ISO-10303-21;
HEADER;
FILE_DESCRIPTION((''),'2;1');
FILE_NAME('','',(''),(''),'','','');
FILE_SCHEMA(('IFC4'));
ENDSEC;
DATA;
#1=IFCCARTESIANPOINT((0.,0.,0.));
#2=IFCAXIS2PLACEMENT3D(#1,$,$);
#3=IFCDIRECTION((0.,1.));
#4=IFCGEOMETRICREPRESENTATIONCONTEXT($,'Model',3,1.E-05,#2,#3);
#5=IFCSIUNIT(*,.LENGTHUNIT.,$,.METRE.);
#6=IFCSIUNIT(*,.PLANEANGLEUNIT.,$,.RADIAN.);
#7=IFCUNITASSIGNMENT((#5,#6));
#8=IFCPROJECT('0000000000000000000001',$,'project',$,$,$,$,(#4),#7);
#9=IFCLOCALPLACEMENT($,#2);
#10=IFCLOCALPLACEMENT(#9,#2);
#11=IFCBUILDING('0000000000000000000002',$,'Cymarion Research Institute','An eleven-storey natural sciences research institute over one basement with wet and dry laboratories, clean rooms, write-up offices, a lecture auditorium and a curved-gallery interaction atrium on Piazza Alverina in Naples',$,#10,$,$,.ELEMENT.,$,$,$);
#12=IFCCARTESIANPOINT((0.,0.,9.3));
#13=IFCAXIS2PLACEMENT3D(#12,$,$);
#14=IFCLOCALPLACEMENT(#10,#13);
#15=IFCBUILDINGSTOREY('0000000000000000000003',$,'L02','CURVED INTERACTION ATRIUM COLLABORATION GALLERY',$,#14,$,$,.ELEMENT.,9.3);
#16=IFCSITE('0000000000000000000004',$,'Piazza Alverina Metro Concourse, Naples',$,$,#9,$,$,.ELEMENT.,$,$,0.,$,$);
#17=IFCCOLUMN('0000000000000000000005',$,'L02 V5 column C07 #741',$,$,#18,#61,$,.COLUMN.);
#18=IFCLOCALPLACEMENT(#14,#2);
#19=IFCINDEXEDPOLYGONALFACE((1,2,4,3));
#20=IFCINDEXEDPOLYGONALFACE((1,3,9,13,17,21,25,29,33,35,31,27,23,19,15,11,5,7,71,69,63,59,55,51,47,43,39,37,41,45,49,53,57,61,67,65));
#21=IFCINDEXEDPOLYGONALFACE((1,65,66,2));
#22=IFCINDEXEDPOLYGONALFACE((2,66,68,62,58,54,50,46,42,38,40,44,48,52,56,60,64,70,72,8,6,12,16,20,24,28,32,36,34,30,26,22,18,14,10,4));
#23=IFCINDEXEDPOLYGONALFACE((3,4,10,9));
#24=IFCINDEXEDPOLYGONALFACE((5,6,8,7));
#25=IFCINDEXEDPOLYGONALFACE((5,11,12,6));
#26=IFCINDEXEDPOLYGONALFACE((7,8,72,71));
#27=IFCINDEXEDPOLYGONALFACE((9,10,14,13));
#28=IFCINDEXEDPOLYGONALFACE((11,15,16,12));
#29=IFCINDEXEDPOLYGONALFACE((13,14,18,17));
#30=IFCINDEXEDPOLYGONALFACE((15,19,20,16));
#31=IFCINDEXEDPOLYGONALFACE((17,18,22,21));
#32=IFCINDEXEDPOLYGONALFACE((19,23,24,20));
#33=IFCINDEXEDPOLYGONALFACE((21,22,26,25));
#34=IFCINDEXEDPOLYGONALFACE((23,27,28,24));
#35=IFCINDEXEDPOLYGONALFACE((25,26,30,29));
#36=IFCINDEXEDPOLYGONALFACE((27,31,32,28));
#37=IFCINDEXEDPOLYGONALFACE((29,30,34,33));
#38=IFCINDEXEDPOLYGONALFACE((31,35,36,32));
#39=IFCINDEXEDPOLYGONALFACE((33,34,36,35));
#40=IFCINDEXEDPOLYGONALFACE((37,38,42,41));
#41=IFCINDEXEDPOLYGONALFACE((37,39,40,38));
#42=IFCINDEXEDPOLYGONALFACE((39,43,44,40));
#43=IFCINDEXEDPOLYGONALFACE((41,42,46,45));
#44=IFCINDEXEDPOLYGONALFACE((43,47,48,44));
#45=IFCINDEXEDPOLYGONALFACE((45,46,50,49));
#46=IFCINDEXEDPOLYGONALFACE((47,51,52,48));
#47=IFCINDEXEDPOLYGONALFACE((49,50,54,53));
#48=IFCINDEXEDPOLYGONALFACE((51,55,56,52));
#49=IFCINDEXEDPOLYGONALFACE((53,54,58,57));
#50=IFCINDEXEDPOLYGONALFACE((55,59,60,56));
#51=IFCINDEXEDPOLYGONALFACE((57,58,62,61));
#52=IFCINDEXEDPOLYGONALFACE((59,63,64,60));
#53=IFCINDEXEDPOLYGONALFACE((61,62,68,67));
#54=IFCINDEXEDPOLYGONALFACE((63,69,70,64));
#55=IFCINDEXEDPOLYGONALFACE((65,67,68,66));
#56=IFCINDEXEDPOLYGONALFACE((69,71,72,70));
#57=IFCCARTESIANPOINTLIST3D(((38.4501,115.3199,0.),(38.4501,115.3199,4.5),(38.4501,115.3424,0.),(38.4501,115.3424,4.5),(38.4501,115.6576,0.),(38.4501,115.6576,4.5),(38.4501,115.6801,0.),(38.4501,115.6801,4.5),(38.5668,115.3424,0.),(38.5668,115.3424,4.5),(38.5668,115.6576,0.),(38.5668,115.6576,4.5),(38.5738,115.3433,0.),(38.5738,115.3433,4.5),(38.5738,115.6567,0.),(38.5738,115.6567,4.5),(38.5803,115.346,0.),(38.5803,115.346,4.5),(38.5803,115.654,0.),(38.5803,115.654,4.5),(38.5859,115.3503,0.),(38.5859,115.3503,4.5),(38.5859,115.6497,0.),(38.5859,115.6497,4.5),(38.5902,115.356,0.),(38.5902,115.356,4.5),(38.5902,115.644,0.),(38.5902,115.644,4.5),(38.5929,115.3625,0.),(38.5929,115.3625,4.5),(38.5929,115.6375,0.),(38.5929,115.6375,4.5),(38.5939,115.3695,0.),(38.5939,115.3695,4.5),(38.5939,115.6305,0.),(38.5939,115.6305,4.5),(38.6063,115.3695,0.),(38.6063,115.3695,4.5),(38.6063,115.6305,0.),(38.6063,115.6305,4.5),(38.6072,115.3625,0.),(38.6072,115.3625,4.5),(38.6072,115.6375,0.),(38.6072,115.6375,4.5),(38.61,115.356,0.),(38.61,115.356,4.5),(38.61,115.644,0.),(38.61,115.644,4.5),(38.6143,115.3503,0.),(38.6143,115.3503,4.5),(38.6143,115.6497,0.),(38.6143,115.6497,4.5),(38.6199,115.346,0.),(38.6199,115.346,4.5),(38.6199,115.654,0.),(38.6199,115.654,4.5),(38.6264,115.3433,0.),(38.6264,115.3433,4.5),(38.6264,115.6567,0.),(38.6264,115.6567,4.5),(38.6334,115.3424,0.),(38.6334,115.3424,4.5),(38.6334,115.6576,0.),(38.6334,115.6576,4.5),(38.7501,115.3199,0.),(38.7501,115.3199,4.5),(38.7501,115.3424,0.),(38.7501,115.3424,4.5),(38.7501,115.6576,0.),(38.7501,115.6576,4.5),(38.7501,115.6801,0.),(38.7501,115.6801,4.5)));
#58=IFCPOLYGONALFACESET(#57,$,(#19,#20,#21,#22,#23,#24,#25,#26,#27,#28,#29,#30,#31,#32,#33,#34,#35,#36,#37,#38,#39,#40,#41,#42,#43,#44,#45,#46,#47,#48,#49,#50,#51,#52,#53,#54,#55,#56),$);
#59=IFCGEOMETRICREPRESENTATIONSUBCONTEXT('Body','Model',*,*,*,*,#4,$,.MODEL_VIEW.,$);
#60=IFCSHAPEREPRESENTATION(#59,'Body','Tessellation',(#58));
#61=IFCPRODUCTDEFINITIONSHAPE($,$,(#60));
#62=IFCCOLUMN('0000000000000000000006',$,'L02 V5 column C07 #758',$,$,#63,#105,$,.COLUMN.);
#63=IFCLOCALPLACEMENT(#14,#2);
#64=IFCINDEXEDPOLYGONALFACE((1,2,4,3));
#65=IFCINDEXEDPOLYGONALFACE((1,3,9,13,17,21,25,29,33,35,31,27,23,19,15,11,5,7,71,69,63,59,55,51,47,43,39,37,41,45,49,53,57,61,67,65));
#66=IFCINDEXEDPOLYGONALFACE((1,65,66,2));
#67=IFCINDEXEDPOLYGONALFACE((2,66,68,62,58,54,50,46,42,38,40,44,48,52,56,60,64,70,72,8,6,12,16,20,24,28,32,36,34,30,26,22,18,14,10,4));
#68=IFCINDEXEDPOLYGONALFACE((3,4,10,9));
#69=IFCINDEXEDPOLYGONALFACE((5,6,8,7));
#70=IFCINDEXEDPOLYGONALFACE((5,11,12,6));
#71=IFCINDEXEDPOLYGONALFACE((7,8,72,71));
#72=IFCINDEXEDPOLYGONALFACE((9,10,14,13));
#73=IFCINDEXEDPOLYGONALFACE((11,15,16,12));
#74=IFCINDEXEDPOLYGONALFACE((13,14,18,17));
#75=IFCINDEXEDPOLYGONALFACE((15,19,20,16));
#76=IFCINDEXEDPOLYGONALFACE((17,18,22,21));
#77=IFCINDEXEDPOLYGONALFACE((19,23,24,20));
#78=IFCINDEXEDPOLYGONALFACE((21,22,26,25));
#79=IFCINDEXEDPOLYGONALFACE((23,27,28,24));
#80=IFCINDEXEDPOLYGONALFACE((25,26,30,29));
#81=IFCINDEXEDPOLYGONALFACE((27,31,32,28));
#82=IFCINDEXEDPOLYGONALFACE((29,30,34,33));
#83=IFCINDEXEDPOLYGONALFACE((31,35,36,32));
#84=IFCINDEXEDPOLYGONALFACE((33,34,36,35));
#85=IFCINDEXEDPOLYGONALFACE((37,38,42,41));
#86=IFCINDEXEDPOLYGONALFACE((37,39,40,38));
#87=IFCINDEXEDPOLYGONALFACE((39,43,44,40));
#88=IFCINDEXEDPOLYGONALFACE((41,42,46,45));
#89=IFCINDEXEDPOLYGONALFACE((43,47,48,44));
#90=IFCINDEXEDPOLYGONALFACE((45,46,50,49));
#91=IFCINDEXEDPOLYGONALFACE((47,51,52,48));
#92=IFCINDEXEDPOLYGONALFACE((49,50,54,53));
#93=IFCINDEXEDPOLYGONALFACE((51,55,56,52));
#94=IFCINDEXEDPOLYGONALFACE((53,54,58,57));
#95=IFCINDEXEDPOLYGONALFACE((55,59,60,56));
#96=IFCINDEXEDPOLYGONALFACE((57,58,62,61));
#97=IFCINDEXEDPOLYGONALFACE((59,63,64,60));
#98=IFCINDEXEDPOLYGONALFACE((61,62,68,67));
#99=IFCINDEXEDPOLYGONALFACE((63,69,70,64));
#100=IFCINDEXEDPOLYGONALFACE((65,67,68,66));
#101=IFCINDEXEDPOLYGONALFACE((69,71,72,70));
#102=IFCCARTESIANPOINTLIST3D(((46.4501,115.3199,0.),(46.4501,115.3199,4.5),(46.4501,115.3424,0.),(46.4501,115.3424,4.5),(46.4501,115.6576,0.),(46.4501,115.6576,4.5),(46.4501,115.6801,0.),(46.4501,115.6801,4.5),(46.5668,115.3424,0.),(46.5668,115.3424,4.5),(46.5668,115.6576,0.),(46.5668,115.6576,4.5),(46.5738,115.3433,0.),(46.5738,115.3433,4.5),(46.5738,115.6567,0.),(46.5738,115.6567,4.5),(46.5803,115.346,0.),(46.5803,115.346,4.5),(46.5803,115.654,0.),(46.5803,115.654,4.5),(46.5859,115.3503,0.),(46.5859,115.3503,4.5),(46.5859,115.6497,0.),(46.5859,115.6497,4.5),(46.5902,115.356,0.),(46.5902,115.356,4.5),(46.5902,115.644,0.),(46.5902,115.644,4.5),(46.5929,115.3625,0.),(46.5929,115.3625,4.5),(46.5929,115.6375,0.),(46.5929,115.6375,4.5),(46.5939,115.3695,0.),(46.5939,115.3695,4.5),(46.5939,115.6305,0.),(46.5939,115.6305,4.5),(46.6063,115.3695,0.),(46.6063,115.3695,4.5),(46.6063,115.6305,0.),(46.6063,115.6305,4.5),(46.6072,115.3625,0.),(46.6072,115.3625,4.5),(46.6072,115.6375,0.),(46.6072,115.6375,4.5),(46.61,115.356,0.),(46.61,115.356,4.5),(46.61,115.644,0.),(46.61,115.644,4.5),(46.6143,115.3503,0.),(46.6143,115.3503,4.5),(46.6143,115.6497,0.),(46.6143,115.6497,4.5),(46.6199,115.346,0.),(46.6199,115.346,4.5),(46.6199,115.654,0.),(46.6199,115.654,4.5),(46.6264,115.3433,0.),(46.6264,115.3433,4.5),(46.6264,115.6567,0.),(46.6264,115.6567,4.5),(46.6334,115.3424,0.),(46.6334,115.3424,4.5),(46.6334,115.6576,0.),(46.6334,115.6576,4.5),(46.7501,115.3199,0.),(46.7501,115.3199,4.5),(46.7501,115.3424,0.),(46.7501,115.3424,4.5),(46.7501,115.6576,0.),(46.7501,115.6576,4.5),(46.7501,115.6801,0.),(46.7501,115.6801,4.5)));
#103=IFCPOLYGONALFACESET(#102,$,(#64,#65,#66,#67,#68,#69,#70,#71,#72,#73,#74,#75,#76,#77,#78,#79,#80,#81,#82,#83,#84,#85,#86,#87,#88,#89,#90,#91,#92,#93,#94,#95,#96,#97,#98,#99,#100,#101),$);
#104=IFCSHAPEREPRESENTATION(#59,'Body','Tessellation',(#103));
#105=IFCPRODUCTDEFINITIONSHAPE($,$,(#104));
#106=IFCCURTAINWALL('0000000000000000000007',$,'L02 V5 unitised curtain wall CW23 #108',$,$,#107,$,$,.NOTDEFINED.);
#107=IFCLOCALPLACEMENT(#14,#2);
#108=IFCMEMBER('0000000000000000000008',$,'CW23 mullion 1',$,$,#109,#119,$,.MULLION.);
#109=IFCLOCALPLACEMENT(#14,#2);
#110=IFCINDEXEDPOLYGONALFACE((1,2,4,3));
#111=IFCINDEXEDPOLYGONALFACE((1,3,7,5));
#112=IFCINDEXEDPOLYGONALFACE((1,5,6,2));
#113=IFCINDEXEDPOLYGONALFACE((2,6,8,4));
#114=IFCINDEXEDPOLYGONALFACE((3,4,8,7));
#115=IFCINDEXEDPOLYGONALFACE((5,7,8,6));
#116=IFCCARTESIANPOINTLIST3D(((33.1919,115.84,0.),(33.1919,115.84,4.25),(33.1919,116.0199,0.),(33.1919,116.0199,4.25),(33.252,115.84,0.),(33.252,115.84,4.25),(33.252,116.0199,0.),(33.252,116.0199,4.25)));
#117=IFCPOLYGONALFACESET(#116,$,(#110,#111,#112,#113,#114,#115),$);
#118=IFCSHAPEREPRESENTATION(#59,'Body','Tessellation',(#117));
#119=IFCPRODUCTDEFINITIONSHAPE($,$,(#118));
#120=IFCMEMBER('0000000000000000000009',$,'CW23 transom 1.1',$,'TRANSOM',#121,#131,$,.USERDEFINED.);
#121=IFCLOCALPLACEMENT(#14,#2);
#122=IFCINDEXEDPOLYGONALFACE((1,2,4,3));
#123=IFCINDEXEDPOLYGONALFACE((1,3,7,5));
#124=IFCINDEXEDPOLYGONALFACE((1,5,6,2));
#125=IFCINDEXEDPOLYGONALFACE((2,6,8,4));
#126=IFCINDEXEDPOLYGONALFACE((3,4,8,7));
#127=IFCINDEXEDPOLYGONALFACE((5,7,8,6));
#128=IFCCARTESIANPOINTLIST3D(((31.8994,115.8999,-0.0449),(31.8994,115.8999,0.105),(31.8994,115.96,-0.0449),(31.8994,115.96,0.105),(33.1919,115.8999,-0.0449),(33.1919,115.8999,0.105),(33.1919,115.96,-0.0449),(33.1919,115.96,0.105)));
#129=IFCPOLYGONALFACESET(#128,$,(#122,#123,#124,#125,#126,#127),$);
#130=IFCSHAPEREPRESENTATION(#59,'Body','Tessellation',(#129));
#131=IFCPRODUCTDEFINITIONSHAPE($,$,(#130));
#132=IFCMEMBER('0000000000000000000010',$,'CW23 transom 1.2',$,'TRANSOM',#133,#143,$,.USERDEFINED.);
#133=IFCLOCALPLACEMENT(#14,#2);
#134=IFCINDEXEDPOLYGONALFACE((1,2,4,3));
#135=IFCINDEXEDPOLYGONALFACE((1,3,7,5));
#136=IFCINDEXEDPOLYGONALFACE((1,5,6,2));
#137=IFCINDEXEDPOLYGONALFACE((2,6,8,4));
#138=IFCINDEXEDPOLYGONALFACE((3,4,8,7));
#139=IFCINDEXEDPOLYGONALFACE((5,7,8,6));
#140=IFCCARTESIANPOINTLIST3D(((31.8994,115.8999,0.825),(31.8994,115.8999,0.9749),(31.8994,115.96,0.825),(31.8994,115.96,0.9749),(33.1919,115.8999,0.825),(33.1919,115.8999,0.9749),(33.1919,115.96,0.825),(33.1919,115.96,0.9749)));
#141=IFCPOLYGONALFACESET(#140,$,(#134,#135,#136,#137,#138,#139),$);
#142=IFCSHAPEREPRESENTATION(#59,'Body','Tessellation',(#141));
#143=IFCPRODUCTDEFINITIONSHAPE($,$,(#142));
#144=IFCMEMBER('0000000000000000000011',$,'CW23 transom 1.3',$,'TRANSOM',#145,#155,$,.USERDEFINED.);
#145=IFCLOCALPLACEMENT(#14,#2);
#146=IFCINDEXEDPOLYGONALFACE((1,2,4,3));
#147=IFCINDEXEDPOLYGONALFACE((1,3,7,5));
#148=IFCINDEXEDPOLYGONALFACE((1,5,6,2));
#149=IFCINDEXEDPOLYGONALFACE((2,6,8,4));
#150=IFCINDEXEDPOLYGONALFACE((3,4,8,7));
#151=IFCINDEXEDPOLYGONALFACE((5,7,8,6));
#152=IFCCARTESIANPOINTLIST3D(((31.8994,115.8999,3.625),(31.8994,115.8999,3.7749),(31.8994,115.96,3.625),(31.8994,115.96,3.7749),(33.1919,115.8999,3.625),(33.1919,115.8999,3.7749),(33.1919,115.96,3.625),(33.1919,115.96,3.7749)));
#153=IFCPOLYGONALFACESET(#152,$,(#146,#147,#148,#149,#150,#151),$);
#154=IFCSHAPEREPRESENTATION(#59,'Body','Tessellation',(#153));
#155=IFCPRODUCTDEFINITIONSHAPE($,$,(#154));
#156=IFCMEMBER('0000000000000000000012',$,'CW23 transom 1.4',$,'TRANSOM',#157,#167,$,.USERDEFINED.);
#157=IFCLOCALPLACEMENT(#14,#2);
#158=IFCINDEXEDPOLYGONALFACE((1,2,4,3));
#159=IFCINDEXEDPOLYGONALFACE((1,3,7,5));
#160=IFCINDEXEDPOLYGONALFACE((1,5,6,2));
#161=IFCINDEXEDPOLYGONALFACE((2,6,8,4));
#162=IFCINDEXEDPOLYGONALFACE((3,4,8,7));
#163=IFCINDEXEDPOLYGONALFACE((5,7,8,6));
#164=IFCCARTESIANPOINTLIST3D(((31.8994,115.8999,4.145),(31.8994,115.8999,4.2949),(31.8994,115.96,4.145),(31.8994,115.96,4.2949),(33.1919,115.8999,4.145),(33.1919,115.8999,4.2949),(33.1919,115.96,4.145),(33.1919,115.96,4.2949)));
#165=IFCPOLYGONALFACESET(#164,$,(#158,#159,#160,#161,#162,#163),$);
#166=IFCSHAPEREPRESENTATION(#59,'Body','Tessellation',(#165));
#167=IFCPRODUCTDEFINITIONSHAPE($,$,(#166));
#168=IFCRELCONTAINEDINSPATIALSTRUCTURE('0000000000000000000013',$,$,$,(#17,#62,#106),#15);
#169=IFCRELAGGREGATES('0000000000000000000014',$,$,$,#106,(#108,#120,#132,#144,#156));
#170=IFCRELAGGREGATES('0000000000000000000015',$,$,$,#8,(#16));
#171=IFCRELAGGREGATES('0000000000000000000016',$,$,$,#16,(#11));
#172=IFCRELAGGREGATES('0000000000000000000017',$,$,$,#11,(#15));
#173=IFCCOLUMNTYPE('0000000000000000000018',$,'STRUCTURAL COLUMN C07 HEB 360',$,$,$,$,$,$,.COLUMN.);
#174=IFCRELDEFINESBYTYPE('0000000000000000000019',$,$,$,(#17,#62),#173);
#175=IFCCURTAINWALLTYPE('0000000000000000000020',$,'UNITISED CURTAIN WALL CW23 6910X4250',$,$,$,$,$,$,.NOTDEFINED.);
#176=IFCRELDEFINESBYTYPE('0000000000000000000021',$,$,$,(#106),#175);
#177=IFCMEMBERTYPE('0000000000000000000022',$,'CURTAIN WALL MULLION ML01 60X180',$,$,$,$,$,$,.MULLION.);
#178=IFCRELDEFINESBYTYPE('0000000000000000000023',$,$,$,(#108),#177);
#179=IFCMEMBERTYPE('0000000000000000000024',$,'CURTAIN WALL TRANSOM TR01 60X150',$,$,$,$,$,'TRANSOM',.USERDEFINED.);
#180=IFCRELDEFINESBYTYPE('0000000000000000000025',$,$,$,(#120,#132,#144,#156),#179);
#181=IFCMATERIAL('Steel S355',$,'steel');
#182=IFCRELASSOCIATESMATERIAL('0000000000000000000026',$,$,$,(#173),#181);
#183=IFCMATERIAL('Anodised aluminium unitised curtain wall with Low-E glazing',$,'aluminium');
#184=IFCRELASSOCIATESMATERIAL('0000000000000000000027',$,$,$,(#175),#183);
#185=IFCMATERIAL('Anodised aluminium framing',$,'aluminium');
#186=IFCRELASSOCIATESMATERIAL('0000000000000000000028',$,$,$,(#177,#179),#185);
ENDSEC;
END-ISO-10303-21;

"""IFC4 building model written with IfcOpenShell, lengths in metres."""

from ifc_helpers import new_model, si_unit, direction, frame, origin, origin_2d, place, context, subcontext, project, spatial, rectangle, i_section, extrude, material, material_profile, profile_set, type_object, element, aggregate, save


model = new_model("IFC4")

# Units and contexts
model_context = context("Model", 3, precision=1e-05, world=origin(), true_north=direction((0.0, 1.0)))
body_context = subcontext(model_context, "Body", "Model", "MODEL_VIEW")
ifc_project = project(units=[si_unit("LENGTHUNIT", "METRE"), si_unit("PLANEANGLEUNIT", "RADIAN")], contexts=[model_context])

# Site, building, storey
site_placement = place(None, origin())
site = spatial("IfcSite", under=ifc_project, at=site_placement, Name="Piazza Alverina Metro Concourse, Naples", CompositionType="ELEMENT", RefElevation=0.0)
building_placement = place(site_placement, origin())
building = spatial("IfcBuilding", under=site, at=building_placement, Name="Cymarion Research Institute", Description="An eleven-storey natural sciences research institute over one basement with wet and dry laboratories, clean rooms, write-up offices, a lecture auditorium and a curved-gallery interaction atrium on Piazza Alverina in Naples", CompositionType="ELEMENT")
storey_placement = place(building_placement, frame((0.0, 0.0, 9.3)))
storey = spatial("IfcBuildingStorey", under=building, at=storey_placement, Name="L02", Description="CURVED INTERACTION ATRIUM COLLABORATION GALLERY", CompositionType="ELEMENT", Elevation=9.3)

# Columns
ifc_material_1 = material(Name="Steel S355", Category="steel")
ifc_material_profile_1 = material_profile(ifc_material_1, i_section(OverallWidth=0.3, OverallDepth=0.3601, WebThickness=0.0125, FlangeThickness=0.0225, FilletRadius=0.0271, at=origin_2d()), Name="HEB 360")
ifc_profile_set_1 = profile_set([ifc_material_profile_1], Name="Steel S355")
column_type = type_object("IfcColumnType", Name="STRUCTURAL COLUMN C07 HEB 360", PredefinedType="COLUMN", material=ifc_profile_set_1)
for number, where, z_axis, x_axis, name in (
    (1, (38.6001, 115.5, 0.0), (0.0, 0.0, 1.0), (1.0, 0.0, 0.0), "L02 V5 column C07 #741"),
    (2, (46.6001, 115.5, 0.0), (0.0, 0.0, 1.0), (1.0, 0.0, 0.0), "L02 V5 column C07 #758"),
):
    element("IfcColumn", number, at=place(storey_placement, frame(where, z_axis=z_axis, x_axis=x_axis)), inside=storey, type_object=column_type, Name=name, PredefinedType="COLUMN", context=body_context, shape_type="SweptSolid", body=[
        extrude(i_section(OverallWidth=0.3, OverallDepth=0.3601, WebThickness=0.0125, FlangeThickness=0.0225, FilletRadius=0.0271, at=origin_2d()), origin(), (0.0, 0.0, 1.0), 4.5),
    ])

# Curtain wall, members
ifc_material_2 = material(Name="Anodised aluminium unitised curtain wall with Low-E glazing", Category="aluminium")
curtain_wall_type = type_object("IfcCurtainWallType", Name="UNITISED CURTAIN WALL CW23 6910X4250", PredefinedType="NOTDEFINED", material=ifc_material_2)
curtain_wall_placement = place(storey_placement, origin())
curtain_wall = element("IfcCurtainWall", 3, at=curtain_wall_placement, inside=storey, type_object=curtain_wall_type, Name="L02 V5 unitised curtain wall CW23 #108", PredefinedType="NOTDEFINED")
ifc_material_3 = material(Name="Anodised aluminium framing", Category="aluminium")
ifc_material_profile_2 = material_profile(ifc_material_3, rectangle(XDim=0.0601, YDim=0.1799, at=origin_2d()), Name="ALU MULLION 60x180")
ifc_profile_set_2 = profile_set([ifc_material_profile_2], Name="Anodised aluminium framing")
member_type_1 = type_object("IfcMemberType", Name="CURTAIN WALL MULLION ML01 60X180", PredefinedType="MULLION", material=ifc_profile_set_2)
member_1_placement = place(storey_placement, frame((33.2219, 115.9299, 0.0), z_axis=(0.0, 0.0, 1.0), x_axis=(-1.0, 0.0, 0.0)))
member_1 = element("IfcMember", 4, at=member_1_placement, type_object=member_type_1, Name="CW23 mullion 1", PredefinedType="MULLION", context=body_context, shape_type="SweptSolid", body=[
    extrude(rectangle(XDim=0.0601, YDim=0.1799, at=origin_2d()), origin(), (0.0, 0.0, 1.0), 4.25),
])
ifc_material_profile_3 = material_profile(ifc_material_3, rectangle(XDim=0.0601, YDim=0.1499, at=origin_2d()), Name="ALU TRANSOM 60x150")
ifc_profile_set_3 = profile_set([ifc_material_profile_3], Name="Anodised aluminium framing")
member_type_2 = type_object("IfcMemberType", Name="CURTAIN WALL TRANSOM TR01 60X150", ElementType="TRANSOM", PredefinedType="USERDEFINED", material=ifc_profile_set_3)
member_2_placement = place(storey_placement, frame((33.1919, 115.9299, 0.03), z_axis=(-1.0, 0.0, 0.0), x_axis=(0.0, -1.0, 0.0)))
member_2 = element("IfcMember", 5, at=member_2_placement, type_object=member_type_2, Name="CW23 transom 1.1", ObjectType="TRANSOM", PredefinedType="USERDEFINED", context=body_context, shape_type="SweptSolid", body=[
    extrude(rectangle(XDim=0.0601, YDim=0.1499, at=origin_2d()), origin(), (0.0, 0.0, 1.0), 1.2925),
])
member_3_placement = place(storey_placement, frame((33.1919, 115.9299, 0.8999), z_axis=(-1.0, 0.0, 0.0), x_axis=(0.0, -1.0, 0.0)))
member_3 = element("IfcMember", 6, at=member_3_placement, type_object=member_type_2, Name="CW23 transom 1.2", ObjectType="TRANSOM", PredefinedType="USERDEFINED", context=body_context, shape_type="SweptSolid", body=[
    extrude(rectangle(XDim=0.0601, YDim=0.1499, at=origin_2d()), origin(), (0.0, 0.0, 1.0), 1.2925),
])
member_4_placement = place(storey_placement, frame((33.1919, 115.9299, 3.7), z_axis=(-1.0, 0.0, 0.0), x_axis=(0.0, -1.0, 0.0)))
member_4 = element("IfcMember", 7, at=member_4_placement, type_object=member_type_2, Name="CW23 transom 1.3", ObjectType="TRANSOM", PredefinedType="USERDEFINED", context=body_context, shape_type="SweptSolid", body=[
    extrude(rectangle(XDim=0.0601, YDim=0.1499, at=origin_2d()), origin(), (0.0, 0.0, 1.0), 1.2925),
])
member_5_placement = place(storey_placement, frame((33.1919, 115.9299, 4.22), z_axis=(-1.0, 0.0, 0.0), x_axis=(0.0, -1.0, 0.0)))
member_5 = element("IfcMember", 8, at=member_5_placement, type_object=member_type_2, Name="CW23 transom 1.4", ObjectType="TRANSOM", PredefinedType="USERDEFINED", context=body_context, shape_type="SweptSolid", body=[
    extrude(rectangle(XDim=0.0601, YDim=0.1499, at=origin_2d()), origin(), (0.0, 0.0, 1.0), 1.2925),
])
aggregate(curtain_wall, [member_1, member_2, member_3, member_4, member_5])

save(model, "model.ifc")
